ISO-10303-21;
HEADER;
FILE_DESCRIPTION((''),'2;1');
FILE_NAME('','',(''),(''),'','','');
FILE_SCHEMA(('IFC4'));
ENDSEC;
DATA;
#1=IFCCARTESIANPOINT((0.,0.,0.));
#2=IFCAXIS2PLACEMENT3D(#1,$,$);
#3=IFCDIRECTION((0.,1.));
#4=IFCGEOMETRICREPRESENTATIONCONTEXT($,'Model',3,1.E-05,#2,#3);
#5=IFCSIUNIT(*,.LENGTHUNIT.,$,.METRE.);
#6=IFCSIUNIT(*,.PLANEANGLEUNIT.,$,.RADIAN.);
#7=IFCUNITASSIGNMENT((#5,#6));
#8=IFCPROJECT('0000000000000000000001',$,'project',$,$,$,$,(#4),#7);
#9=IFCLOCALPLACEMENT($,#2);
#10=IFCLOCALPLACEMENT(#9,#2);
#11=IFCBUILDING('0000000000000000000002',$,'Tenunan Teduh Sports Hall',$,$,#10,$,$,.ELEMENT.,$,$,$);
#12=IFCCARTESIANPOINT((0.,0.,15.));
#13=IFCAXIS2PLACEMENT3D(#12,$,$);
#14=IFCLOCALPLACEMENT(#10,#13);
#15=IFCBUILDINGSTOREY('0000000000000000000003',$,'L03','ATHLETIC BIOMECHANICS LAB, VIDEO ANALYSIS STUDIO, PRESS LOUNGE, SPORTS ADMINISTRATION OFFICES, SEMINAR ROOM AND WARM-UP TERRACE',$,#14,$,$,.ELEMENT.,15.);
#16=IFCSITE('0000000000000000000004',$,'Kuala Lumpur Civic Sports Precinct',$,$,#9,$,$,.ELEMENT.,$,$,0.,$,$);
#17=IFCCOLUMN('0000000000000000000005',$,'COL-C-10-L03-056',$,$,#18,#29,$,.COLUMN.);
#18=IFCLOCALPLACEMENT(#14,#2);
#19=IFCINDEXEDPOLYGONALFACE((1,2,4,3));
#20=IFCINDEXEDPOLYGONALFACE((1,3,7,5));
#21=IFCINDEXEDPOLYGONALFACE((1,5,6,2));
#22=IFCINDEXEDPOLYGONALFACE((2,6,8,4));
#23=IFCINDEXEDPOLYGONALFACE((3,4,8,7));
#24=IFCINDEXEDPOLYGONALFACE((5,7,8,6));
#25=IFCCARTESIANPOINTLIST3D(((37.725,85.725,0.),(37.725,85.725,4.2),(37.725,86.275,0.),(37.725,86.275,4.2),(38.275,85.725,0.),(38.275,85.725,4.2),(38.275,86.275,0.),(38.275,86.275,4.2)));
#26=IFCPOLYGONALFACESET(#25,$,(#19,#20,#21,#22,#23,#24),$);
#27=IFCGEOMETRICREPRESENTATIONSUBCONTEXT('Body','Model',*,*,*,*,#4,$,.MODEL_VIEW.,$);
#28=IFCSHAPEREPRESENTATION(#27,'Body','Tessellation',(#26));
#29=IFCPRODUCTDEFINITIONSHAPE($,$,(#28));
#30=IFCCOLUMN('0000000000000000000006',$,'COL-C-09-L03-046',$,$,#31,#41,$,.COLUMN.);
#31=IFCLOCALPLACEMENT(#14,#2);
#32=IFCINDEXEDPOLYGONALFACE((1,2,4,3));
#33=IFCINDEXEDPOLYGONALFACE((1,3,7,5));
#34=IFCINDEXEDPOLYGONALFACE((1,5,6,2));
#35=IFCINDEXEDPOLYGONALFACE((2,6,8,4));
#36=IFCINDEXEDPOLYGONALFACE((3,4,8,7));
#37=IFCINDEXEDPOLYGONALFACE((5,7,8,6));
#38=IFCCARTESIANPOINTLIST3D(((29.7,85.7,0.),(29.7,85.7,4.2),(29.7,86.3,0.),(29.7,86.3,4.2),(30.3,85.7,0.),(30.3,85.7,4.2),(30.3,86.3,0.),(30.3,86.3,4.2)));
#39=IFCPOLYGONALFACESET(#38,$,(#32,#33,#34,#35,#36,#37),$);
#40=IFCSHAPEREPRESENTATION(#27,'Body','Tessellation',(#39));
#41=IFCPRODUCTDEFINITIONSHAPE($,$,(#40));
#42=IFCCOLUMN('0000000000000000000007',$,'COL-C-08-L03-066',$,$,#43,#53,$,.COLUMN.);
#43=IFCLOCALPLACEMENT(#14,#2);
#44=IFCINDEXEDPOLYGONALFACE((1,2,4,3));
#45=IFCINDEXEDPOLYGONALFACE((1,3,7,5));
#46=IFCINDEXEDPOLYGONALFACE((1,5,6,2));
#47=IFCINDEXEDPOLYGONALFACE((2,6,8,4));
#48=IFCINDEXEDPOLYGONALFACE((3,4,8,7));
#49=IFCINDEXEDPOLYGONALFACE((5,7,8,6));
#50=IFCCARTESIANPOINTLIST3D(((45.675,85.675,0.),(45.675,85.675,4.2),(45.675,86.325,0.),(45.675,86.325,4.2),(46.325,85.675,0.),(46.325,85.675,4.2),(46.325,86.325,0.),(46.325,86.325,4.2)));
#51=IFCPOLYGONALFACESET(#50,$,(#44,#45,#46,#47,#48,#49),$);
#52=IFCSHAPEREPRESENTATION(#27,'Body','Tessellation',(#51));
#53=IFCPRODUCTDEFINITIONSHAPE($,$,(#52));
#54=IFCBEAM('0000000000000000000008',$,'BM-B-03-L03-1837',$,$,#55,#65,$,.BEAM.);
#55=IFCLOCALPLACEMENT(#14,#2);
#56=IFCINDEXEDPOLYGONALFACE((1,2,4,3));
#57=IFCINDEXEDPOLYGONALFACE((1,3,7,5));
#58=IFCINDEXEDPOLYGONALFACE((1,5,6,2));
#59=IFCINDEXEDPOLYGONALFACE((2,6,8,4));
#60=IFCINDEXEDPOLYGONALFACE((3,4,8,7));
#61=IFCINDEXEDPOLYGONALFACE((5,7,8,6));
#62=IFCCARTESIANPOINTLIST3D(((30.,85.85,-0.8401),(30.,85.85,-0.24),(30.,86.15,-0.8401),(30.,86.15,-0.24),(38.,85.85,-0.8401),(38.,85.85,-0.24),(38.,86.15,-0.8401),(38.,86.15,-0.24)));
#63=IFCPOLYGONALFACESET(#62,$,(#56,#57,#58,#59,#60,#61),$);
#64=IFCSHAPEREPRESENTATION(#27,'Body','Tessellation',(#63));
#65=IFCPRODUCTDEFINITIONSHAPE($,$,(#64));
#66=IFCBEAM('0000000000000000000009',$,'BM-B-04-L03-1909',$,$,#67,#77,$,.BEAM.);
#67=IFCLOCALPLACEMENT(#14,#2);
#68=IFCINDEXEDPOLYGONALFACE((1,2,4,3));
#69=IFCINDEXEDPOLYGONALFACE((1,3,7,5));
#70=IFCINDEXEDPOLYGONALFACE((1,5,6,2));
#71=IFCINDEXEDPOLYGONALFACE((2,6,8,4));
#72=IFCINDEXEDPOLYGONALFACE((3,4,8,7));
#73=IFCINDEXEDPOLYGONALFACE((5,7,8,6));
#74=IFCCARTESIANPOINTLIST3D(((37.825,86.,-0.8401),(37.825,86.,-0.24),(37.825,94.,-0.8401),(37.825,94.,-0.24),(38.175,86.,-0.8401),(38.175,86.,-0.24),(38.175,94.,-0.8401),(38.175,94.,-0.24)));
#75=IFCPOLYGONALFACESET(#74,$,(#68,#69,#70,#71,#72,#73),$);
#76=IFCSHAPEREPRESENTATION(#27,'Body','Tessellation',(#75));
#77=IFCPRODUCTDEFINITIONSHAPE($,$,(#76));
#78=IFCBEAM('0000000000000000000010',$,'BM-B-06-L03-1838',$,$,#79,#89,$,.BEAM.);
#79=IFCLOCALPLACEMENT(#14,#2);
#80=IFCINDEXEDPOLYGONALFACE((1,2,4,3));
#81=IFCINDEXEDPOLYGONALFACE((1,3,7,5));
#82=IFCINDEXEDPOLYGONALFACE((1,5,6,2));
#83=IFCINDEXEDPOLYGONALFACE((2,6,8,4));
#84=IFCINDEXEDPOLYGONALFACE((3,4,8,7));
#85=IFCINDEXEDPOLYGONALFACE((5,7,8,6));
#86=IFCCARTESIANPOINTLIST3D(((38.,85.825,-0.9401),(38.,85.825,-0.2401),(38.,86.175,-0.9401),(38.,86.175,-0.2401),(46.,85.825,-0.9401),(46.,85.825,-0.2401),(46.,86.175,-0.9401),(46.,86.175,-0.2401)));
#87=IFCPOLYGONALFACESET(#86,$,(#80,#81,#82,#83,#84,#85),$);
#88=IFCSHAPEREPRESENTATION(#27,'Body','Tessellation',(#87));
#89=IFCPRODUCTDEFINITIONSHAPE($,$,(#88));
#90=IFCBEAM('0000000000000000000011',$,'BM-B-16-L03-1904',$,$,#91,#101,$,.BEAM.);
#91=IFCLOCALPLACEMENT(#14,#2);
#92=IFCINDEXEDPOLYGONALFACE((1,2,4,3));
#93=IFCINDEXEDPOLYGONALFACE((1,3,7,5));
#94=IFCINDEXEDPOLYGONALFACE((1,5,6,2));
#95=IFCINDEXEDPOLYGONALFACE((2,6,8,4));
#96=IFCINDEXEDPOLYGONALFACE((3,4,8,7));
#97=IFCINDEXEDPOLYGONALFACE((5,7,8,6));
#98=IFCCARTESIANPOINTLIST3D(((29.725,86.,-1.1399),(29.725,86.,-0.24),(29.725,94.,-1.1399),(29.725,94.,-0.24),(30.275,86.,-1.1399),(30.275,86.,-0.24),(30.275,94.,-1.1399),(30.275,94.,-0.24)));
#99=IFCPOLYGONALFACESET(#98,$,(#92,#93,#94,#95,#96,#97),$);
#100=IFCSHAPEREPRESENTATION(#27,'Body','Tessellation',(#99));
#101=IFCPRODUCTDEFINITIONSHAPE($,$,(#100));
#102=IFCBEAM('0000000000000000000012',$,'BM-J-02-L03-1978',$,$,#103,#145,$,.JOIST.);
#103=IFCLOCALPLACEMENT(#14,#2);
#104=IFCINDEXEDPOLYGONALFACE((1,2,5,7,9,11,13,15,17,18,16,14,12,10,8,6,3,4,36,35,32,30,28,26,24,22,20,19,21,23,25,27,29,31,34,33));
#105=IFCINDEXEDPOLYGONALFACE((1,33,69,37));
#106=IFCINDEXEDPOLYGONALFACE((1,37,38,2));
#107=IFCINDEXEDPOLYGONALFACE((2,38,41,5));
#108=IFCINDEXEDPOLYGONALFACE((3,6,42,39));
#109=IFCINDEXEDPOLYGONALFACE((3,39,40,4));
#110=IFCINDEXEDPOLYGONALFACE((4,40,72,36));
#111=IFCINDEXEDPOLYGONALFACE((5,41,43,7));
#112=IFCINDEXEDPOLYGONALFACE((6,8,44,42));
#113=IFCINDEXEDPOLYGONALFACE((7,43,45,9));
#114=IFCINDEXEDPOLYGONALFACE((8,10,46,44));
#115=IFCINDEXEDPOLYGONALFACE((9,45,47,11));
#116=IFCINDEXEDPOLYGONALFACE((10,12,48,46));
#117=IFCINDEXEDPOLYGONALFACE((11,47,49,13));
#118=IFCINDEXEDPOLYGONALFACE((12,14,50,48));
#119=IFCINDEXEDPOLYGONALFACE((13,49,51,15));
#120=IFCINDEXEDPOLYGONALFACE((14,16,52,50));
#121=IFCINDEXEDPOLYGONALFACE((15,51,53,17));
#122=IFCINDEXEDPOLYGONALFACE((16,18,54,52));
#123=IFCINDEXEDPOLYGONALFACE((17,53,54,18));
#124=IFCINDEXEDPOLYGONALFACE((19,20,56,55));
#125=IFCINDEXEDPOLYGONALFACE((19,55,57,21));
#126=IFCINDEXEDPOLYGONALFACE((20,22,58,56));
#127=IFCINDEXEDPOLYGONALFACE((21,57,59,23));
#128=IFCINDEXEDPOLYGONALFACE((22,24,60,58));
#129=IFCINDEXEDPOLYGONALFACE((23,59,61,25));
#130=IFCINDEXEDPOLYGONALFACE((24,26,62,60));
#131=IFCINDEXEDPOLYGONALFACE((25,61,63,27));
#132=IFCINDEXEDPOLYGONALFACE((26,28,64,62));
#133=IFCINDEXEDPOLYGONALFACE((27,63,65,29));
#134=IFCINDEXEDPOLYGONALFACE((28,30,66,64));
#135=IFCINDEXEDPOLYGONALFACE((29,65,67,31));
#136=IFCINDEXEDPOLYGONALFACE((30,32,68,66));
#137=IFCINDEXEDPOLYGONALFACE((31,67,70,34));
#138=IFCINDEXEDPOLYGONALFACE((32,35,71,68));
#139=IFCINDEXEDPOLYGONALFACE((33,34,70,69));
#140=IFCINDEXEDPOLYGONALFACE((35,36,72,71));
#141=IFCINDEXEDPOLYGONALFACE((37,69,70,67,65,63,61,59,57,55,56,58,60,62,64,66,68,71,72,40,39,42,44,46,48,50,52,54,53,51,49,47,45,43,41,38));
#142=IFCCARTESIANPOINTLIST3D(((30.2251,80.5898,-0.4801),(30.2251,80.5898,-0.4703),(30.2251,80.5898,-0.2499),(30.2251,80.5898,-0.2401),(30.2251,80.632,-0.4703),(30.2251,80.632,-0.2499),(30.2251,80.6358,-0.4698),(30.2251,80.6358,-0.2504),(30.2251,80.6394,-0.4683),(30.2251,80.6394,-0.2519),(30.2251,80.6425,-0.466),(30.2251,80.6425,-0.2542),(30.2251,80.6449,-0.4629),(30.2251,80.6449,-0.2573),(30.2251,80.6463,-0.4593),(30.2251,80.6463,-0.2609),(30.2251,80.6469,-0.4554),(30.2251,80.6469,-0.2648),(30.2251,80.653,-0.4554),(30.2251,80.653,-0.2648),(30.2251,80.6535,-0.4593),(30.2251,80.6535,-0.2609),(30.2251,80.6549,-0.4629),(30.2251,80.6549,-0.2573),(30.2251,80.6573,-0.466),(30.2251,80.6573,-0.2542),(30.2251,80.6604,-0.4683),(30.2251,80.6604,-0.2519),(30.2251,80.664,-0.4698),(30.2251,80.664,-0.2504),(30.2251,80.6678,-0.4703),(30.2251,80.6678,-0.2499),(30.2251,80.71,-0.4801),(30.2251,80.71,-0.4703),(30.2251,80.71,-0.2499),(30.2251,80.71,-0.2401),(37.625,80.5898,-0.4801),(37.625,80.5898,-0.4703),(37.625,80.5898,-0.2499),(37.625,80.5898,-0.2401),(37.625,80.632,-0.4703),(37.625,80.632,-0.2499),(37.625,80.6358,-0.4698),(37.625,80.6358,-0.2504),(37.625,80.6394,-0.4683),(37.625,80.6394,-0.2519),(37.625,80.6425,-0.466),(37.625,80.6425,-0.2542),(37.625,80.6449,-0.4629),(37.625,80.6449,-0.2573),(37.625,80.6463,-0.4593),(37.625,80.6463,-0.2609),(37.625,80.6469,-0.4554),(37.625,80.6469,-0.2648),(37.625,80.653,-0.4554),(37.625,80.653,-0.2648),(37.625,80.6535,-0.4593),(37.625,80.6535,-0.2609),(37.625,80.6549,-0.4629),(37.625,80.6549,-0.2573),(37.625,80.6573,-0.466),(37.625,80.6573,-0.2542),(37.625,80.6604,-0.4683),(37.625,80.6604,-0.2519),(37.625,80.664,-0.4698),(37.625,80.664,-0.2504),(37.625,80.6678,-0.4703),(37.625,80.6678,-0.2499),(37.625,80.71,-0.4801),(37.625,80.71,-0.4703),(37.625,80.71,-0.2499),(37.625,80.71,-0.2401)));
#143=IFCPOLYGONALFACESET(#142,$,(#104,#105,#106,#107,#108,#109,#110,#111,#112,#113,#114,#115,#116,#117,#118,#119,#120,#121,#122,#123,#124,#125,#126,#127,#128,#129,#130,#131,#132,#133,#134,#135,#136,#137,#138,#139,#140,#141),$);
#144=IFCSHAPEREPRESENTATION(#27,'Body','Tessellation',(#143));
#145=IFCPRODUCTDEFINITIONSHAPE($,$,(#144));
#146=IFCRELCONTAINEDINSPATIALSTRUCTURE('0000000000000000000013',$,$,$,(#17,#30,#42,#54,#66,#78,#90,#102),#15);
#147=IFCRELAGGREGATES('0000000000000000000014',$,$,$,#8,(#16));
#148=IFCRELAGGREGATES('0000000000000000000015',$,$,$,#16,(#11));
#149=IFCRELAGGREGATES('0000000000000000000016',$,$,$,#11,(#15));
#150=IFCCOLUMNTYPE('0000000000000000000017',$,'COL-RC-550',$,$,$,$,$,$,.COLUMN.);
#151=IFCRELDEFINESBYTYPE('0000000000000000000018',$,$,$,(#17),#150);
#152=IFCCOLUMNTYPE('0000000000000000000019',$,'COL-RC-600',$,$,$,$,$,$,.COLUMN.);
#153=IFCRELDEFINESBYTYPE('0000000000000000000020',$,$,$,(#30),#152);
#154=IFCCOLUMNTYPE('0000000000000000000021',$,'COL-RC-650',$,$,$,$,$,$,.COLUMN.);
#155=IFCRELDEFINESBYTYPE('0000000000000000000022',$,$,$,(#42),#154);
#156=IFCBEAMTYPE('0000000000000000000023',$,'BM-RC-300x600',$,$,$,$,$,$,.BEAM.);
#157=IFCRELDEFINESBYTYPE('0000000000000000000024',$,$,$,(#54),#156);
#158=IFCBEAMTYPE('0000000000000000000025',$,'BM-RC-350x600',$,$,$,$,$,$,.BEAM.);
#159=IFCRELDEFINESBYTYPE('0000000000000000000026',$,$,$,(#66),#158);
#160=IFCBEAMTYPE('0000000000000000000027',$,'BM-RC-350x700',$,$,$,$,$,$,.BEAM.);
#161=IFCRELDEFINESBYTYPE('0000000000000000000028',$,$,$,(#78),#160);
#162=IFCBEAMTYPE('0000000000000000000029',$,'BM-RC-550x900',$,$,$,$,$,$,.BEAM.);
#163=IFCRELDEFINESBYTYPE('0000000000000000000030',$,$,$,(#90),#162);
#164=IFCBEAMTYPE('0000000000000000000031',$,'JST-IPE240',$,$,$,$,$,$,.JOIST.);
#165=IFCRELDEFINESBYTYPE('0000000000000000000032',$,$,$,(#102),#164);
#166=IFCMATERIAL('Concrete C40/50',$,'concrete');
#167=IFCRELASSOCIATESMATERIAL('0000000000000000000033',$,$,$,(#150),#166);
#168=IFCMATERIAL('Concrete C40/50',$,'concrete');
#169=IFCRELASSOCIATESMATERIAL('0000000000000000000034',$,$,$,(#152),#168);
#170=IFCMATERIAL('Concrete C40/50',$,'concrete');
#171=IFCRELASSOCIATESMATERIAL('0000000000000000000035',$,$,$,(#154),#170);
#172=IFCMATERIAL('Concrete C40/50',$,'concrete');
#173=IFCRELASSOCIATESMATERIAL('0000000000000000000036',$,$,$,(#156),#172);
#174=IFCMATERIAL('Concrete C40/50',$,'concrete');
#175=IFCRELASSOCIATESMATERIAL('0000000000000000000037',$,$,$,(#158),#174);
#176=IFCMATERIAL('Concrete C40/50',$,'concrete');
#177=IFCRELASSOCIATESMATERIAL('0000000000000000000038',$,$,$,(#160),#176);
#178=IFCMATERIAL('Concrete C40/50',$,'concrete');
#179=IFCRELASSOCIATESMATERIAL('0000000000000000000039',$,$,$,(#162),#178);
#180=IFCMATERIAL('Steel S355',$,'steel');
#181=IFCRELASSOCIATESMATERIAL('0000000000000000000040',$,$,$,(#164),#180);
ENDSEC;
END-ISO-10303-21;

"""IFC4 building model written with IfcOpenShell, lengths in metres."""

from ifc_helpers import new_model, si_unit, direction, frame, origin, origin_2d, place, context, subcontext, project, spatial, rectangle, i_section, extrude, material, material_profile, profile_set, type_object, element, save


model = new_model("IFC4")

# Units and contexts
model_context = context("Model", 3, precision=1e-05, world=origin(), true_north=direction((0.0, 1.0)))
body_context = subcontext(model_context, "Body", "Model", "MODEL_VIEW")
ifc_project = project(units=[si_unit("LENGTHUNIT", "METRE"), si_unit("PLANEANGLEUNIT", "RADIAN")], contexts=[model_context])

# Site, building, storey
site_placement = place(None, origin())
site = spatial("IfcSite", under=ifc_project, at=site_placement, Name="Kuala Lumpur Civic Sports Precinct", CompositionType="ELEMENT", RefElevation=0.0)
building_placement = place(site_placement, origin())
building = spatial("IfcBuilding", under=site, at=building_placement, Name="Tenunan Teduh Sports Hall", CompositionType="ELEMENT")
storey_placement = place(building_placement, frame((0.0, 0.0, 15.0)))
storey = spatial("IfcBuildingStorey", under=building, at=storey_placement, Name="L03", Description="ATHLETIC BIOMECHANICS LAB, VIDEO ANALYSIS STUDIO, PRESS LOUNGE, SPORTS ADMINISTRATION OFFICES, SEMINAR ROOM AND WARM-UP TERRACE", CompositionType="ELEMENT", Elevation=15.0)

# Columns
ifc_material_1 = material(Name="Concrete C40/50", Category="concrete")
ifc_material_profile_1 = material_profile(ifc_material_1, rectangle(XDim=0.55, YDim=0.55, at=origin_2d()), Name="RC 550x550")
ifc_profile_set_1 = profile_set([ifc_material_profile_1], Name="Concrete C40/50")
column_type_1 = type_object("IfcColumnType", Name="COL-RC-550", PredefinedType="COLUMN", material=ifc_profile_set_1)
column_1_placement = place(storey_placement, frame((38.0, 86.0, 0.0), z_axis=(0.0, 0.0, 1.0), x_axis=(1.0, 0.0, 0.0)))
element("IfcColumn", 1, at=column_1_placement, inside=storey, type_object=column_type_1, Name="COL-C-10-L03-056", PredefinedType="COLUMN", context=body_context, shape_type="SweptSolid", body=[
    extrude(rectangle(XDim=0.55, YDim=0.55, at=origin_2d()), origin(), (0.0, 0.0, 1.0), 4.2),
])
ifc_material_2 = material(Name="Concrete C40/50", Category="concrete")
ifc_material_profile_2 = material_profile(ifc_material_2, rectangle(XDim=0.6001, YDim=0.6001, at=origin_2d()), Name="RC 600x600")
ifc_profile_set_2 = profile_set([ifc_material_profile_2], Name="Concrete C40/50")
column_type_2 = type_object("IfcColumnType", Name="COL-RC-600", PredefinedType="COLUMN", material=ifc_profile_set_2)
column_2_placement = place(storey_placement, frame((30.0, 86.0, 0.0), z_axis=(0.0, 0.0, 1.0), x_axis=(1.0, 0.0, 0.0)))
element("IfcColumn", 2, at=column_2_placement, inside=storey, type_object=column_type_2, Name="COL-C-09-L03-046", PredefinedType="COLUMN", context=body_context, shape_type="SweptSolid", body=[
    extrude(rectangle(XDim=0.6001, YDim=0.6001, at=origin_2d()), origin(), (0.0, 0.0, 1.0), 4.2),
])
ifc_material_3 = material(Name="Concrete C40/50", Category="concrete")
ifc_material_profile_3 = material_profile(ifc_material_3, rectangle(XDim=0.6499, YDim=0.6499, at=origin_2d()), Name="RC 650x650")
ifc_profile_set_3 = profile_set([ifc_material_profile_3], Name="Concrete C40/50")
column_type_3 = type_object("IfcColumnType", Name="COL-RC-650", PredefinedType="COLUMN", material=ifc_profile_set_3)
column_3_placement = place(storey_placement, frame((46.0, 86.0, 0.0), z_axis=(0.0, 0.0, 1.0), x_axis=(1.0, 0.0, 0.0)))
element("IfcColumn", 3, at=column_3_placement, inside=storey, type_object=column_type_3, Name="COL-C-08-L03-066", PredefinedType="COLUMN", context=body_context, shape_type="SweptSolid", body=[
    extrude(rectangle(XDim=0.6499, YDim=0.6499, at=origin_2d()), origin(), (0.0, 0.0, 1.0), 4.2),
])

# Beams
ifc_material_4 = material(Name="Concrete C40/50", Category="concrete")
ifc_material_profile_4 = material_profile(ifc_material_4, rectangle(XDim=0.3, YDim=0.6001, at=origin_2d()), Name="RCB 300x600")
ifc_profile_set_4 = profile_set([ifc_material_profile_4], Name="Concrete C40/50")
beam_type_1 = type_object("IfcBeamType", Name="BM-RC-300x600", PredefinedType="BEAM", material=ifc_profile_set_4)
beam_1_placement = place(storey_placement, frame((30.0, 86.0, -0.54), z_axis=(1.0, 0.0, 0.0), x_axis=(0.0, 1.0, 0.0)))
element("IfcBeam", 4, at=beam_1_placement, inside=storey, type_object=beam_type_1, Name="BM-B-03-L03-1837", PredefinedType="BEAM", context=body_context, shape_type="SweptSolid", body=[
    extrude(rectangle(XDim=0.3, YDim=0.6001, at=origin_2d()), origin(), (0.0, 0.0, 1.0), 8.0),
])
ifc_material_5 = material(Name="Concrete C40/50", Category="concrete")
ifc_material_profile_5 = material_profile(ifc_material_5, rectangle(XDim=0.3501, YDim=0.6001, at=origin_2d()), Name="RCB 350x600")
ifc_profile_set_5 = profile_set([ifc_material_profile_5], Name="Concrete C40/50")
beam_type_2 = type_object("IfcBeamType", Name="BM-RC-350x600", PredefinedType="BEAM", material=ifc_profile_set_5)
beam_2_placement = place(storey_placement, frame((38.0, 86.0, -0.54), z_axis=(0.0, 1.0, 0.0), x_axis=(-1.0, 0.0, 0.0)))
element("IfcBeam", 5, at=beam_2_placement, inside=storey, type_object=beam_type_2, Name="BM-B-04-L03-1909", PredefinedType="BEAM", context=body_context, shape_type="SweptSolid", body=[
    extrude(rectangle(XDim=0.3501, YDim=0.6001, at=origin_2d()), origin(), (0.0, 0.0, 1.0), 8.0),
])
ifc_material_6 = material(Name="Concrete C40/50", Category="concrete")
ifc_material_profile_6 = material_profile(ifc_material_6, rectangle(XDim=0.3501, YDim=0.7, at=origin_2d()), Name="RCB 350x700")
ifc_profile_set_6 = profile_set([ifc_material_profile_6], Name="Concrete C40/50")
beam_type_3 = type_object("IfcBeamType", Name="BM-RC-350x700", PredefinedType="BEAM", material=ifc_profile_set_6)
beam_3_placement = place(storey_placement, frame((38.0, 86.0, -0.5901), z_axis=(1.0, 0.0, 0.0), x_axis=(0.0, 1.0, 0.0)))
element("IfcBeam", 6, at=beam_3_placement, inside=storey, type_object=beam_type_3, Name="BM-B-06-L03-1838", PredefinedType="BEAM", context=body_context, shape_type="SweptSolid", body=[
    extrude(rectangle(XDim=0.3501, YDim=0.7, at=origin_2d()), origin(), (0.0, 0.0, 1.0), 8.0),
])
ifc_material_7 = material(Name="Concrete C40/50", Category="concrete")
ifc_material_profile_7 = material_profile(ifc_material_7, rectangle(XDim=0.55, YDim=0.8999, at=origin_2d()), Name="RCB 550x900")
ifc_profile_set_7 = profile_set([ifc_material_profile_7], Name="Concrete C40/50")
beam_type_4 = type_object("IfcBeamType", Name="BM-RC-550x900", PredefinedType="BEAM", material=ifc_profile_set_7)
beam_4_placement = place(storey_placement, frame((30.0, 86.0, -0.6899), z_axis=(0.0, 1.0, 0.0), x_axis=(-1.0, 0.0, 0.0)))
element("IfcBeam", 7, at=beam_4_placement, inside=storey, type_object=beam_type_4, Name="BM-B-16-L03-1904", PredefinedType="BEAM", context=body_context, shape_type="SweptSolid", body=[
    extrude(rectangle(XDim=0.55, YDim=0.8999, at=origin_2d()), origin(), (0.0, 0.0, 1.0), 8.0),
])
ifc_material_8 = material(Name="Steel S355", Category="steel")
ifc_material_profile_8 = material_profile(ifc_material_8, i_section(OverallWidth=0.1201, OverallDepth=0.24, WebThickness=0.0061, FlangeThickness=0.0098, FilletRadius=0.0149, at=origin_2d()), Name="IPE 240")
ifc_profile_set_8 = profile_set([ifc_material_profile_8], Name="Steel S355")
beam_type_5 = type_object("IfcBeamType", Name="JST-IPE240", PredefinedType="JOIST", material=ifc_profile_set_8)
beam_5_placement = place(storey_placement, frame((30.2251, 80.6499, -0.3601), z_axis=(1.0, 0.0, 0.0), x_axis=(0.0, 1.0, 0.0)))
element("IfcBeam", 8, at=beam_5_placement, inside=storey, type_object=beam_type_5, Name="BM-J-02-L03-1978", PredefinedType="JOIST", context=body_context, shape_type="SweptSolid", body=[
    extrude(i_section(OverallWidth=0.1201, OverallDepth=0.24, WebThickness=0.0061, FlangeThickness=0.0098, FilletRadius=0.0149, at=origin_2d()), origin(), (0.0, 0.0, 1.0), 7.3999),
])

save(model, "model.ifc")
